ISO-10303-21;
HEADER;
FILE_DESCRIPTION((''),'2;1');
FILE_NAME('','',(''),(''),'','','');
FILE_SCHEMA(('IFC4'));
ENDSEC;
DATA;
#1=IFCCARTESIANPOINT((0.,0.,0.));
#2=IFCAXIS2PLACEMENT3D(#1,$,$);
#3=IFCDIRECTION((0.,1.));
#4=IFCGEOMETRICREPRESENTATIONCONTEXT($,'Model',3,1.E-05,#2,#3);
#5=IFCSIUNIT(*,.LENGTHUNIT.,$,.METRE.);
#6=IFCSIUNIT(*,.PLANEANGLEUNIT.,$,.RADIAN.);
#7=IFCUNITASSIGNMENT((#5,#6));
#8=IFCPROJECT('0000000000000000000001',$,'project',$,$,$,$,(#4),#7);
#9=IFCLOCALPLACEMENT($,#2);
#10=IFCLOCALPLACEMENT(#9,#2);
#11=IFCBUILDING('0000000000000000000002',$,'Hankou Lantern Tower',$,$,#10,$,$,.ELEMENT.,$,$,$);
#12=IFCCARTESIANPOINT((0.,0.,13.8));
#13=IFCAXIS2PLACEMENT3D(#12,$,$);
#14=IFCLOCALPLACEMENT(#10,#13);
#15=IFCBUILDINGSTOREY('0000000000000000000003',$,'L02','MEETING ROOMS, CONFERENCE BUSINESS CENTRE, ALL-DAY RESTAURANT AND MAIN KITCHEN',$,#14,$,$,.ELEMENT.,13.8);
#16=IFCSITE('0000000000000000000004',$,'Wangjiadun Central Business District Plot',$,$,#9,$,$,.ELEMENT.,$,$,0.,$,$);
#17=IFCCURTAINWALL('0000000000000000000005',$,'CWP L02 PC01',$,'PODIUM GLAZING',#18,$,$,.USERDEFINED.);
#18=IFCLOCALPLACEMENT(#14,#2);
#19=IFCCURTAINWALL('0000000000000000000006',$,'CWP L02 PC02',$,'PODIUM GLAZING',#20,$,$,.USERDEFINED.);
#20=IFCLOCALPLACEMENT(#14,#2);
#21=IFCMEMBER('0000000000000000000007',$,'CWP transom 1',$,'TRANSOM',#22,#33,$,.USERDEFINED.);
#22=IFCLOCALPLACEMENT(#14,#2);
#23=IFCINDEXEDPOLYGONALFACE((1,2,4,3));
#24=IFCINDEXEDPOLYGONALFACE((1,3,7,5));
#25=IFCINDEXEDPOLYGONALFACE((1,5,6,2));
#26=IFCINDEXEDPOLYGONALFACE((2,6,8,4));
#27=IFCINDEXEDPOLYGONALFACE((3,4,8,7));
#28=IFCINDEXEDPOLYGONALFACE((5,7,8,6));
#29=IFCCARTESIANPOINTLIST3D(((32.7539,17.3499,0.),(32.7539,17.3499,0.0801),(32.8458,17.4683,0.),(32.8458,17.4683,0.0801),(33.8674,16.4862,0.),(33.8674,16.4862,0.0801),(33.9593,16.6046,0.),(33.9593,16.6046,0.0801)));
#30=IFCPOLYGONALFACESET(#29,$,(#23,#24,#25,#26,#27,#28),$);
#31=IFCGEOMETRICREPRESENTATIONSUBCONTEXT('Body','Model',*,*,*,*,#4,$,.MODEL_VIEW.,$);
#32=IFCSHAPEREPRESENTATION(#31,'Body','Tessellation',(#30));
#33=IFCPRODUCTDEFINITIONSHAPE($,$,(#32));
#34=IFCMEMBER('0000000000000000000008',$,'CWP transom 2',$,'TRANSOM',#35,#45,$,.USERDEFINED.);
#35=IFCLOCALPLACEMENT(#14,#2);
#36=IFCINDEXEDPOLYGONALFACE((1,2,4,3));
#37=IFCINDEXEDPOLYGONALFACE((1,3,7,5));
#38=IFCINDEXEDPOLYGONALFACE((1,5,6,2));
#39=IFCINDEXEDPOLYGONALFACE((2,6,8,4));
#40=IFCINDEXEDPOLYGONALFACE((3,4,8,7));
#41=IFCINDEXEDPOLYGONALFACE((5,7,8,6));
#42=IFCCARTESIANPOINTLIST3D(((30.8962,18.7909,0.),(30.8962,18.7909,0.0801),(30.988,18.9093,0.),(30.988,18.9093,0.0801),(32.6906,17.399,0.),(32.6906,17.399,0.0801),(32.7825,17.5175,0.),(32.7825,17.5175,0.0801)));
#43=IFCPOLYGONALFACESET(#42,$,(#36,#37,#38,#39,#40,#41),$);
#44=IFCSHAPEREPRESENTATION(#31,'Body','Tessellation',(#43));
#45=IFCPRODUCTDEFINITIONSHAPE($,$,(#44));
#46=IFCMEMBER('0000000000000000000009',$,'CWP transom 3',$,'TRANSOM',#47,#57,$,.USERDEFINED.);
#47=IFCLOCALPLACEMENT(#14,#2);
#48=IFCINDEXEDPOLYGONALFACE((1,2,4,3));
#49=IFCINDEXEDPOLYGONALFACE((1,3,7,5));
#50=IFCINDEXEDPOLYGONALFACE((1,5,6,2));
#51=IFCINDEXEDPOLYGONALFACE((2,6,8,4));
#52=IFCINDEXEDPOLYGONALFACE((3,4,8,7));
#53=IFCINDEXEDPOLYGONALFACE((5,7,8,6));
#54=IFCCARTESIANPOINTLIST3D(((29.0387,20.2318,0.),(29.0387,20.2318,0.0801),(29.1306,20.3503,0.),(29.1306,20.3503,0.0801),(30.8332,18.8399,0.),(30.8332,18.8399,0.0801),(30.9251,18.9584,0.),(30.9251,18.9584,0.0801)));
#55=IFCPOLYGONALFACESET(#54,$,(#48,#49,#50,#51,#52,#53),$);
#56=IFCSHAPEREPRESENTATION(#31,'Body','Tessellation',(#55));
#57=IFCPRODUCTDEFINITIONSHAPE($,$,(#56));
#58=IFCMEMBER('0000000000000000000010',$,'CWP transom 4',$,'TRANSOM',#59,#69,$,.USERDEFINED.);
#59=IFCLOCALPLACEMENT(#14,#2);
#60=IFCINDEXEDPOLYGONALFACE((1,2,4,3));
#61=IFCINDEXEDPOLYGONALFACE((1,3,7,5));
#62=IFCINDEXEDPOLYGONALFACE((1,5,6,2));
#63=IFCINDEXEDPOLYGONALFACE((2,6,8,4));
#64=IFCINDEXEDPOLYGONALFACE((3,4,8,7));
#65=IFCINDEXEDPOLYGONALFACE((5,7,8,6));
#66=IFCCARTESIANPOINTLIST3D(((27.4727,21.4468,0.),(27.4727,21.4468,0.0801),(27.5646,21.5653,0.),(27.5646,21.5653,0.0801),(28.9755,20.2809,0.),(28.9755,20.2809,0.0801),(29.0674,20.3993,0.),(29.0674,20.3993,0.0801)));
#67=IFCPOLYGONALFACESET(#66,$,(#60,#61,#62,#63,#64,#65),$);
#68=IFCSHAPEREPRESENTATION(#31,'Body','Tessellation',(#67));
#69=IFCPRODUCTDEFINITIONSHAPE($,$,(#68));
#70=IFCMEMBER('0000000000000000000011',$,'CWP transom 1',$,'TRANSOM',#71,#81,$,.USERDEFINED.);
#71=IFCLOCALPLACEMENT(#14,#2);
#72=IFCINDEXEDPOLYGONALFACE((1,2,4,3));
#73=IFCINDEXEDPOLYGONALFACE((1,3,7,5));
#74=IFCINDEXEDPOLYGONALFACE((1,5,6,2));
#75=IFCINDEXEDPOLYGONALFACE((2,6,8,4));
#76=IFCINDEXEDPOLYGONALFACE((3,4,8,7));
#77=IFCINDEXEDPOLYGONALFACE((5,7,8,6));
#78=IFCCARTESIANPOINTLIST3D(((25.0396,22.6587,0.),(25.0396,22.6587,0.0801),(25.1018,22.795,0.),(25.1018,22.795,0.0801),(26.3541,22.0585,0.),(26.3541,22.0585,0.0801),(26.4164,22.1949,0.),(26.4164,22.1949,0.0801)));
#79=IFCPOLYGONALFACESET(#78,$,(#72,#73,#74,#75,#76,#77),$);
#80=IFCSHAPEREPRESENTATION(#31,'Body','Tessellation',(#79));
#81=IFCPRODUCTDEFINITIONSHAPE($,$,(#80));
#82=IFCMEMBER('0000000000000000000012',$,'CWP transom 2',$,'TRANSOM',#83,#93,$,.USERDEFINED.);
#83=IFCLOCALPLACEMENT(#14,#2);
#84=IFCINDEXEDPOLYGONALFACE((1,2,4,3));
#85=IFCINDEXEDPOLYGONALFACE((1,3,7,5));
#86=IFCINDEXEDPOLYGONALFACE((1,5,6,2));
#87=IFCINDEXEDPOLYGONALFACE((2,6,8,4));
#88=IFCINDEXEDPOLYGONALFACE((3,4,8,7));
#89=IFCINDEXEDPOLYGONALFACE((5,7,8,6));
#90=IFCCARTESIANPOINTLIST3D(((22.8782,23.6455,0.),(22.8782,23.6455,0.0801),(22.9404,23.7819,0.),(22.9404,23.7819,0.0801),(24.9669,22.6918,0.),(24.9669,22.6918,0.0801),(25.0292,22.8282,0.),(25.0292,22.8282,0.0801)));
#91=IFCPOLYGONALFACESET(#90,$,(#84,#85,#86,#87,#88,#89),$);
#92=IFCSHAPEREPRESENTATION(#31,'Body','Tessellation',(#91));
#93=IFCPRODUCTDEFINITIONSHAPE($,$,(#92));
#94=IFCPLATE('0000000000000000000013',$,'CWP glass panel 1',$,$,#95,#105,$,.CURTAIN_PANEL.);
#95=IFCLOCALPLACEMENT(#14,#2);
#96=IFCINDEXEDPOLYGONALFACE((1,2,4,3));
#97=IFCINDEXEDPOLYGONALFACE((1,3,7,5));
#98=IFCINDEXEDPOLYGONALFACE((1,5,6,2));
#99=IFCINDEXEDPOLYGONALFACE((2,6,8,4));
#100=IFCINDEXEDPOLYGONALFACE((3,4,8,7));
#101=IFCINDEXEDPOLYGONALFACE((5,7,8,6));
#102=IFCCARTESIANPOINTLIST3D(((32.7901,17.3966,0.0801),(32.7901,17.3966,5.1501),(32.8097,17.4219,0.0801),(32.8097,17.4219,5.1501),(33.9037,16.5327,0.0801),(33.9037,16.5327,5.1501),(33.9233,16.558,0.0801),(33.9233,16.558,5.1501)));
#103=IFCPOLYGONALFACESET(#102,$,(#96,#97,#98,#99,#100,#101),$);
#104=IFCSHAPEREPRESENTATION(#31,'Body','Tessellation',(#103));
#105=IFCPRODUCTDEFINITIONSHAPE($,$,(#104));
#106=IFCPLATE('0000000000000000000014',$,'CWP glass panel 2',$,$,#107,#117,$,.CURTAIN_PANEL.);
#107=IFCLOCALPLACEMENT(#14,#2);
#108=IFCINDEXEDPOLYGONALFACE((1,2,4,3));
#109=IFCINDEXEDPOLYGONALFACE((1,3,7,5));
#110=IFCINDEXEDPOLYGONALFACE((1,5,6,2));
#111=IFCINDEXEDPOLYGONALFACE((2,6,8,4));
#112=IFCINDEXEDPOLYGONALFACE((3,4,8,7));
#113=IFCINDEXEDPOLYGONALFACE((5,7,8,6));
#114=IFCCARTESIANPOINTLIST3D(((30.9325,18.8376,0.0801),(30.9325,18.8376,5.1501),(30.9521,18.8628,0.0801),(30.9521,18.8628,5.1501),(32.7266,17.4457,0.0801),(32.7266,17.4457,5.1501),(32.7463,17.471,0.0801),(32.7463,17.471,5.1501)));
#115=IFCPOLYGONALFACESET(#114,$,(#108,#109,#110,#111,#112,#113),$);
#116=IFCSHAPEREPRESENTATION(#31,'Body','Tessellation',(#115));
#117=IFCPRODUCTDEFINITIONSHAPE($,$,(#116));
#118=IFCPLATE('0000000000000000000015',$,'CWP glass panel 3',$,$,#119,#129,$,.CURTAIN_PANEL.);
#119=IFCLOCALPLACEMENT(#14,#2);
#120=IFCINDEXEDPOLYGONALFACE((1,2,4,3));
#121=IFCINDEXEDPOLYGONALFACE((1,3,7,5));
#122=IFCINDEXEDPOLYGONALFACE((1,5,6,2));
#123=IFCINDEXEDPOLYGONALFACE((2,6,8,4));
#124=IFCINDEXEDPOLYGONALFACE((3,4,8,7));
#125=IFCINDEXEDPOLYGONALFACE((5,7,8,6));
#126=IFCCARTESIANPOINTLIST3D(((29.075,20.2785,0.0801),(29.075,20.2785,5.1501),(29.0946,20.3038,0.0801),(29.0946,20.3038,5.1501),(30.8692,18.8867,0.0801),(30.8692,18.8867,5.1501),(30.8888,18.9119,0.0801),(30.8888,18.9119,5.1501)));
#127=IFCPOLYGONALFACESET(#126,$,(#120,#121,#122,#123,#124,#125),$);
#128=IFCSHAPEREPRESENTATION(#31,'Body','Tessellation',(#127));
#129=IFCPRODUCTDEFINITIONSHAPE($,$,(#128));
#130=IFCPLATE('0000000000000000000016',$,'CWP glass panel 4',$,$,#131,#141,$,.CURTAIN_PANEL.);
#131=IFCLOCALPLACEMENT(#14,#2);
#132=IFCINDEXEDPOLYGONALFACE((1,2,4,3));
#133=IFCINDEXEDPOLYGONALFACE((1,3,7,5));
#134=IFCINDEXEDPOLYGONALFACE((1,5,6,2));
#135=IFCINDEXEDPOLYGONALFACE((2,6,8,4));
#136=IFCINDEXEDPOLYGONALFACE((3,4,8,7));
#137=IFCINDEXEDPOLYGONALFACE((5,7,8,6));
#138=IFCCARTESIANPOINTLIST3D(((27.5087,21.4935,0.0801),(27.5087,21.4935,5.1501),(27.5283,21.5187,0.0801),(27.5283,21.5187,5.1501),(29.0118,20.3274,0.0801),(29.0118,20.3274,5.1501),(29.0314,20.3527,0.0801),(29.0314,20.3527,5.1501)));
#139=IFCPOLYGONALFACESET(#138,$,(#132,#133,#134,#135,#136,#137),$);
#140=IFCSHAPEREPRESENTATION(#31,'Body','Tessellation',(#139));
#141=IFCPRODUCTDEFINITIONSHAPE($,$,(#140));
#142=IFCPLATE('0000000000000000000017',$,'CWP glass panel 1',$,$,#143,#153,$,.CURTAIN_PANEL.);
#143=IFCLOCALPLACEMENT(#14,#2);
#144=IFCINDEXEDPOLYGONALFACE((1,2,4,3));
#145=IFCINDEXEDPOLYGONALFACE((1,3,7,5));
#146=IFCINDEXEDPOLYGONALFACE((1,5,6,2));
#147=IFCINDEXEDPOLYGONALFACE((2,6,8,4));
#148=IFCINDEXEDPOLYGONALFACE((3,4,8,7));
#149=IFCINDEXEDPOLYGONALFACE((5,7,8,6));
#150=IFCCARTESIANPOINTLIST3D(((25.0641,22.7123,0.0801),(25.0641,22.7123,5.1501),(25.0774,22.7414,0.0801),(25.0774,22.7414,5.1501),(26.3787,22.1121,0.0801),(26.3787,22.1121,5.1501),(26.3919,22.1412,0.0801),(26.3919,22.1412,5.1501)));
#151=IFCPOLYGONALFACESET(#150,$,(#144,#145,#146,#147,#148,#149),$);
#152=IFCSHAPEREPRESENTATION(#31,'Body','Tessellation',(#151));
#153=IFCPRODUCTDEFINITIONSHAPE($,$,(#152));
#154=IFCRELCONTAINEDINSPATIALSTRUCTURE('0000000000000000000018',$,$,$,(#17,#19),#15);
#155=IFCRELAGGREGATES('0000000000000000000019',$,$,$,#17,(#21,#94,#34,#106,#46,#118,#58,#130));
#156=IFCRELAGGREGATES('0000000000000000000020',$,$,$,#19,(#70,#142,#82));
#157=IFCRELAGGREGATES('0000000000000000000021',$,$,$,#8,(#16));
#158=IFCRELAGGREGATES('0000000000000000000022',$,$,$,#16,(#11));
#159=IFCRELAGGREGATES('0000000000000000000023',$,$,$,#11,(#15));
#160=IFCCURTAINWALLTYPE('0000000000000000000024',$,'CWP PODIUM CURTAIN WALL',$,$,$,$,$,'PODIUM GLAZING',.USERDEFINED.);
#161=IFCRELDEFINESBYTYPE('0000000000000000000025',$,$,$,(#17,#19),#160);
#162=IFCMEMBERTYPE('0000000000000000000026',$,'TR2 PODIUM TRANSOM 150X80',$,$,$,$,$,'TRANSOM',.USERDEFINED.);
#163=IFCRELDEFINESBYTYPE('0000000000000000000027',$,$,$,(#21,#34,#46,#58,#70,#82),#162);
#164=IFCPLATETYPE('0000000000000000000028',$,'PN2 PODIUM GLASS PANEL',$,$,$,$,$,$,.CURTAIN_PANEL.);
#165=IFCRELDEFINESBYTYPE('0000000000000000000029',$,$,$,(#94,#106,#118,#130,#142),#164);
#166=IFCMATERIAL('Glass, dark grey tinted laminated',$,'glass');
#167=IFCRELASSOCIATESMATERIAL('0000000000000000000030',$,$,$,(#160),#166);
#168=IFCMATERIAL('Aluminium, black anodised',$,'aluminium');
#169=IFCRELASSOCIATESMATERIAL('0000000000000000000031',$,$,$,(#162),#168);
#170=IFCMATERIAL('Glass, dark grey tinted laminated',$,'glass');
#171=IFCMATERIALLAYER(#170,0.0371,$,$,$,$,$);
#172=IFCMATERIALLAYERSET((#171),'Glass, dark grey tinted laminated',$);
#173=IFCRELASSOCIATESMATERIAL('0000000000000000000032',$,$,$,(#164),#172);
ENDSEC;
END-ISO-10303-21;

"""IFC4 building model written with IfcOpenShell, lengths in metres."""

from ifc_helpers import new_model, si_unit, direction, frame, origin, origin_2d, place, context, subcontext, project, spatial, rectangle, extrude, material, layer, layer_set, material_profile, profile_set, type_object, element, aggregate, save


model = new_model("IFC4")

# Units and contexts
model_context = context("Model", 3, precision=1e-05, world=origin(), true_north=direction((0.0, 1.0)))
body_context = subcontext(model_context, "Body", "Model", "MODEL_VIEW")
ifc_project = project(units=[si_unit("LENGTHUNIT", "METRE"), si_unit("PLANEANGLEUNIT", "RADIAN")], contexts=[model_context])

# Site, building, storey
site_placement = place(None, origin())
site = spatial("IfcSite", under=ifc_project, at=site_placement, Name="Wangjiadun Central Business District Plot", CompositionType="ELEMENT", RefElevation=0.0)
building_placement = place(site_placement, origin())
building = spatial("IfcBuilding", under=site, at=building_placement, Name="Hankou Lantern Tower", CompositionType="ELEMENT")
storey_placement = place(building_placement, frame((0.0, 0.0, 13.8)))
storey = spatial("IfcBuildingStorey", under=building, at=storey_placement, Name="L02", Description="MEETING ROOMS, CONFERENCE BUSINESS CENTRE, ALL-DAY RESTAURANT AND MAIN KITCHEN", CompositionType="ELEMENT", Elevation=13.8)

# Curtain walls
ifc_material_1 = material(Name="Glass, dark grey tinted laminated", Category="glass")
curtain_wall_type = type_object("IfcCurtainWallType", Name="CWP PODIUM CURTAIN WALL", ElementType="PODIUM GLAZING", PredefinedType="USERDEFINED", material=ifc_material_1)
curtain_wall_1_placement = place(storey_placement, origin())
curtain_wall_1 = element("IfcCurtainWall", 1, at=curtain_wall_1_placement, inside=storey, type_object=curtain_wall_type, Name="CWP L02 PC01", ObjectType="PODIUM GLAZING", PredefinedType="USERDEFINED")
curtain_wall_2_placement = place(storey_placement, origin())
curtain_wall_2 = element("IfcCurtainWall", 2, at=curtain_wall_2_placement, inside=storey, type_object=curtain_wall_type, Name="CWP L02 PC02", ObjectType="PODIUM GLAZING", PredefinedType="USERDEFINED")

# Members
ifc_material_2 = material(Name="Aluminium, black anodised", Category="aluminium")
ifc_material_profile_1 = material_profile(ifc_material_2, rectangle(XDim=0.1499, YDim=0.0801, at=origin_2d()), Name="TR2 150X80")
ifc_profile_set_1 = profile_set([ifc_material_profile_1], Name="Aluminium, black anodised")
member_type_1 = type_object("IfcMemberType", Name="TR2 PODIUM TRANSOM 150X80", ElementType="TRANSOM", PredefinedType="USERDEFINED", material=ifc_profile_set_1)
member_1_placement = place(storey_placement, frame((33.9133, 16.5454, 0.04), z_axis=(-0.790144, 0.612921, 0.0), x_axis=(-0.612921, -0.790144, 0.0)))
member_1 = element("IfcMember", 3, at=member_1_placement, type_object=member_type_1, Name="CWP transom 1", ObjectType="TRANSOM", PredefinedType="USERDEFINED", context=body_context, shape_type="SweptSolid", body=[
    extrude(rectangle(XDim=0.1499, YDim=0.0801, at=origin_2d()), origin(), (0.0, 0.0, 1.0), 1.4092),
])
member_2_placement = place(storey_placement, frame((32.7366, 17.4583, 0.04), z_axis=(-0.790168, 0.612891, 0.0), x_axis=(-0.612891, -0.790168, 0.0)))
member_2 = element("IfcMember", 4, at=member_2_placement, type_object=member_type_1, Name="CWP transom 2", ObjectType="TRANSOM", PredefinedType="USERDEFINED", context=body_context, shape_type="SweptSolid", body=[
    extrude(rectangle(XDim=0.1499, YDim=0.0801, at=origin_2d()), origin(), (0.0, 0.0, 1.0), 2.271),
])
member_3_placement = place(storey_placement, frame((30.8792, 18.8992, 0.04), z_axis=(-0.790168, 0.612891, 0.0), x_axis=(-0.612891, -0.790168, 0.0)))
member_3 = element("IfcMember", 5, at=member_3_placement, type_object=member_type_1, Name="CWP transom 3", ObjectType="TRANSOM", PredefinedType="USERDEFINED", context=body_context, shape_type="SweptSolid", body=[
    extrude(rectangle(XDim=0.1499, YDim=0.0801, at=origin_2d()), origin(), (0.0, 0.0, 1.0), 2.271),
])
member_4_placement = place(storey_placement, frame((29.0215, 20.3401, 0.04), z_axis=(-0.790098, 0.612981, 0.0), x_axis=(-0.612981, -0.790098, 0.0)))
member_4 = element("IfcMember", 6, at=member_4_placement, type_object=member_type_1, Name="CWP transom 4", ObjectType="TRANSOM", PredefinedType="USERDEFINED", context=body_context, shape_type="SweptSolid", body=[
    extrude(rectangle(XDim=0.1499, YDim=0.0801, at=origin_2d()), origin(), (0.0, 0.0, 1.0), 1.9021),
])
member_5_placement = place(storey_placement, frame((26.3853, 22.1267, 0.04), z_axis=(-0.909682, 0.415305, 0.0), x_axis=(-0.415305, -0.909682, 0.0)))
member_5 = element("IfcMember", 7, at=member_5_placement, type_object=member_type_1, Name="CWP transom 1", ObjectType="TRANSOM", PredefinedType="USERDEFINED", context=body_context, shape_type="SweptSolid", body=[
    extrude(rectangle(XDim=0.1499, YDim=0.0801, at=origin_2d()), origin(), (0.0, 0.0, 1.0), 1.4451),
])
member_6_placement = place(storey_placement, frame((24.998, 22.76, 0.04), z_axis=(-0.90967, 0.415333, 0.0), x_axis=(-0.415333, -0.90967, 0.0)))
member_6 = element("IfcMember", 8, at=member_6_placement, type_object=member_type_1, Name="CWP transom 2", ObjectType="TRANSOM", PredefinedType="USERDEFINED", context=body_context, shape_type="SweptSolid", body=[
    extrude(rectangle(XDim=0.1499, YDim=0.0801, at=origin_2d()), origin(), (0.0, 0.0, 1.0), 2.2961),
])

# Plates
ifc_material_3 = material(Name="Glass, dark grey tinted laminated", Category="glass")
ifc_layer = layer(ifc_material_3, 0.0371)
ifc_layer_set = layer_set([ifc_layer], Name="Glass, dark grey tinted laminated")
plate_type = type_object("IfcPlateType", Name="PN2 PODIUM GLASS PANEL", PredefinedType="CURTAIN_PANEL", material=ifc_layer_set)
plate_1_placement = place(storey_placement, frame((33.3567, 16.9773, 0.0801), z_axis=(0.0, 0.0, 1.0), x_axis=(-0.79013, 0.61294, 0.0)))
plate_1 = element("IfcPlate", 9, at=plate_1_placement, type_object=plate_type, Name="CWP glass panel 1", PredefinedType="CURTAIN_PANEL", context=body_context, shape_type="SweptSolid", body=[
    extrude(rectangle(XDim=1.4094, YDim=0.032, at=origin_2d()), origin(), (0.0, 0.0, 1.0), 5.0701),
])
plate_2_placement = place(storey_placement, frame((31.8394, 18.1543, 0.0801), z_axis=(0.0, 0.0, 1.0), x_axis=(-0.79013, 0.61294, 0.0)))
plate_2 = element("IfcPlate", 10, at=plate_2_placement, type_object=plate_type, Name="CWP glass panel 2", PredefinedType="CURTAIN_PANEL", context=body_context, shape_type="SweptSolid", body=[
    extrude(rectangle(XDim=2.2708, YDim=0.032, at=origin_2d()), origin(), (0.0, 0.0, 1.0), 5.0701),
])
plate_3_placement = place(storey_placement, frame((29.9819, 19.5952, 0.0801), z_axis=(0.0, 0.0, 1.0), x_axis=(-0.79013, 0.61294, 0.0)))
plate_3 = element("IfcPlate", 11, at=plate_3_placement, type_object=plate_type, Name="CWP glass panel 3", PredefinedType="CURTAIN_PANEL", context=body_context, shape_type="SweptSolid", body=[
    extrude(rectangle(XDim=2.2708, YDim=0.032, at=origin_2d()), origin(), (0.0, 0.0, 1.0), 5.0701),
])
plate_4_placement = place(storey_placement, frame((28.27, 20.9231, 0.0801), z_axis=(0.0, 0.0, 1.0), x_axis=(-0.79013, 0.61294, 0.0)))
plate_4 = element("IfcPlate", 12, at=plate_4_placement, type_object=plate_type, Name="CWP glass panel 4", PredefinedType="CURTAIN_PANEL", context=body_context, shape_type="SweptSolid", body=[
    extrude(rectangle(XDim=1.9023, YDim=0.032, at=origin_2d()), origin(), (0.0, 0.0, 1.0), 5.0701),
])
aggregate(curtain_wall_1, [member_1, plate_1, member_2, plate_2, member_3, plate_3, member_4, plate_4])
plate_5_placement = place(storey_placement, frame((25.728, 22.4268, 0.0801), z_axis=(0.0, 0.0, 1.0), x_axis=(-0.90967, 0.415332, 0.0)))
plate_5 = element("IfcPlate", 13, at=plate_5_placement, type_object=plate_type, Name="CWP glass panel 1", PredefinedType="CURTAIN_PANEL", context=body_context, shape_type="SweptSolid", body=[
    extrude(rectangle(XDim=1.4451, YDim=0.032, at=origin_2d()), origin(), (0.0, 0.0, 1.0), 5.0701),
])
aggregate(curtain_wall_2, [member_5, plate_5, member_6])

save(model, "model.ifc")
